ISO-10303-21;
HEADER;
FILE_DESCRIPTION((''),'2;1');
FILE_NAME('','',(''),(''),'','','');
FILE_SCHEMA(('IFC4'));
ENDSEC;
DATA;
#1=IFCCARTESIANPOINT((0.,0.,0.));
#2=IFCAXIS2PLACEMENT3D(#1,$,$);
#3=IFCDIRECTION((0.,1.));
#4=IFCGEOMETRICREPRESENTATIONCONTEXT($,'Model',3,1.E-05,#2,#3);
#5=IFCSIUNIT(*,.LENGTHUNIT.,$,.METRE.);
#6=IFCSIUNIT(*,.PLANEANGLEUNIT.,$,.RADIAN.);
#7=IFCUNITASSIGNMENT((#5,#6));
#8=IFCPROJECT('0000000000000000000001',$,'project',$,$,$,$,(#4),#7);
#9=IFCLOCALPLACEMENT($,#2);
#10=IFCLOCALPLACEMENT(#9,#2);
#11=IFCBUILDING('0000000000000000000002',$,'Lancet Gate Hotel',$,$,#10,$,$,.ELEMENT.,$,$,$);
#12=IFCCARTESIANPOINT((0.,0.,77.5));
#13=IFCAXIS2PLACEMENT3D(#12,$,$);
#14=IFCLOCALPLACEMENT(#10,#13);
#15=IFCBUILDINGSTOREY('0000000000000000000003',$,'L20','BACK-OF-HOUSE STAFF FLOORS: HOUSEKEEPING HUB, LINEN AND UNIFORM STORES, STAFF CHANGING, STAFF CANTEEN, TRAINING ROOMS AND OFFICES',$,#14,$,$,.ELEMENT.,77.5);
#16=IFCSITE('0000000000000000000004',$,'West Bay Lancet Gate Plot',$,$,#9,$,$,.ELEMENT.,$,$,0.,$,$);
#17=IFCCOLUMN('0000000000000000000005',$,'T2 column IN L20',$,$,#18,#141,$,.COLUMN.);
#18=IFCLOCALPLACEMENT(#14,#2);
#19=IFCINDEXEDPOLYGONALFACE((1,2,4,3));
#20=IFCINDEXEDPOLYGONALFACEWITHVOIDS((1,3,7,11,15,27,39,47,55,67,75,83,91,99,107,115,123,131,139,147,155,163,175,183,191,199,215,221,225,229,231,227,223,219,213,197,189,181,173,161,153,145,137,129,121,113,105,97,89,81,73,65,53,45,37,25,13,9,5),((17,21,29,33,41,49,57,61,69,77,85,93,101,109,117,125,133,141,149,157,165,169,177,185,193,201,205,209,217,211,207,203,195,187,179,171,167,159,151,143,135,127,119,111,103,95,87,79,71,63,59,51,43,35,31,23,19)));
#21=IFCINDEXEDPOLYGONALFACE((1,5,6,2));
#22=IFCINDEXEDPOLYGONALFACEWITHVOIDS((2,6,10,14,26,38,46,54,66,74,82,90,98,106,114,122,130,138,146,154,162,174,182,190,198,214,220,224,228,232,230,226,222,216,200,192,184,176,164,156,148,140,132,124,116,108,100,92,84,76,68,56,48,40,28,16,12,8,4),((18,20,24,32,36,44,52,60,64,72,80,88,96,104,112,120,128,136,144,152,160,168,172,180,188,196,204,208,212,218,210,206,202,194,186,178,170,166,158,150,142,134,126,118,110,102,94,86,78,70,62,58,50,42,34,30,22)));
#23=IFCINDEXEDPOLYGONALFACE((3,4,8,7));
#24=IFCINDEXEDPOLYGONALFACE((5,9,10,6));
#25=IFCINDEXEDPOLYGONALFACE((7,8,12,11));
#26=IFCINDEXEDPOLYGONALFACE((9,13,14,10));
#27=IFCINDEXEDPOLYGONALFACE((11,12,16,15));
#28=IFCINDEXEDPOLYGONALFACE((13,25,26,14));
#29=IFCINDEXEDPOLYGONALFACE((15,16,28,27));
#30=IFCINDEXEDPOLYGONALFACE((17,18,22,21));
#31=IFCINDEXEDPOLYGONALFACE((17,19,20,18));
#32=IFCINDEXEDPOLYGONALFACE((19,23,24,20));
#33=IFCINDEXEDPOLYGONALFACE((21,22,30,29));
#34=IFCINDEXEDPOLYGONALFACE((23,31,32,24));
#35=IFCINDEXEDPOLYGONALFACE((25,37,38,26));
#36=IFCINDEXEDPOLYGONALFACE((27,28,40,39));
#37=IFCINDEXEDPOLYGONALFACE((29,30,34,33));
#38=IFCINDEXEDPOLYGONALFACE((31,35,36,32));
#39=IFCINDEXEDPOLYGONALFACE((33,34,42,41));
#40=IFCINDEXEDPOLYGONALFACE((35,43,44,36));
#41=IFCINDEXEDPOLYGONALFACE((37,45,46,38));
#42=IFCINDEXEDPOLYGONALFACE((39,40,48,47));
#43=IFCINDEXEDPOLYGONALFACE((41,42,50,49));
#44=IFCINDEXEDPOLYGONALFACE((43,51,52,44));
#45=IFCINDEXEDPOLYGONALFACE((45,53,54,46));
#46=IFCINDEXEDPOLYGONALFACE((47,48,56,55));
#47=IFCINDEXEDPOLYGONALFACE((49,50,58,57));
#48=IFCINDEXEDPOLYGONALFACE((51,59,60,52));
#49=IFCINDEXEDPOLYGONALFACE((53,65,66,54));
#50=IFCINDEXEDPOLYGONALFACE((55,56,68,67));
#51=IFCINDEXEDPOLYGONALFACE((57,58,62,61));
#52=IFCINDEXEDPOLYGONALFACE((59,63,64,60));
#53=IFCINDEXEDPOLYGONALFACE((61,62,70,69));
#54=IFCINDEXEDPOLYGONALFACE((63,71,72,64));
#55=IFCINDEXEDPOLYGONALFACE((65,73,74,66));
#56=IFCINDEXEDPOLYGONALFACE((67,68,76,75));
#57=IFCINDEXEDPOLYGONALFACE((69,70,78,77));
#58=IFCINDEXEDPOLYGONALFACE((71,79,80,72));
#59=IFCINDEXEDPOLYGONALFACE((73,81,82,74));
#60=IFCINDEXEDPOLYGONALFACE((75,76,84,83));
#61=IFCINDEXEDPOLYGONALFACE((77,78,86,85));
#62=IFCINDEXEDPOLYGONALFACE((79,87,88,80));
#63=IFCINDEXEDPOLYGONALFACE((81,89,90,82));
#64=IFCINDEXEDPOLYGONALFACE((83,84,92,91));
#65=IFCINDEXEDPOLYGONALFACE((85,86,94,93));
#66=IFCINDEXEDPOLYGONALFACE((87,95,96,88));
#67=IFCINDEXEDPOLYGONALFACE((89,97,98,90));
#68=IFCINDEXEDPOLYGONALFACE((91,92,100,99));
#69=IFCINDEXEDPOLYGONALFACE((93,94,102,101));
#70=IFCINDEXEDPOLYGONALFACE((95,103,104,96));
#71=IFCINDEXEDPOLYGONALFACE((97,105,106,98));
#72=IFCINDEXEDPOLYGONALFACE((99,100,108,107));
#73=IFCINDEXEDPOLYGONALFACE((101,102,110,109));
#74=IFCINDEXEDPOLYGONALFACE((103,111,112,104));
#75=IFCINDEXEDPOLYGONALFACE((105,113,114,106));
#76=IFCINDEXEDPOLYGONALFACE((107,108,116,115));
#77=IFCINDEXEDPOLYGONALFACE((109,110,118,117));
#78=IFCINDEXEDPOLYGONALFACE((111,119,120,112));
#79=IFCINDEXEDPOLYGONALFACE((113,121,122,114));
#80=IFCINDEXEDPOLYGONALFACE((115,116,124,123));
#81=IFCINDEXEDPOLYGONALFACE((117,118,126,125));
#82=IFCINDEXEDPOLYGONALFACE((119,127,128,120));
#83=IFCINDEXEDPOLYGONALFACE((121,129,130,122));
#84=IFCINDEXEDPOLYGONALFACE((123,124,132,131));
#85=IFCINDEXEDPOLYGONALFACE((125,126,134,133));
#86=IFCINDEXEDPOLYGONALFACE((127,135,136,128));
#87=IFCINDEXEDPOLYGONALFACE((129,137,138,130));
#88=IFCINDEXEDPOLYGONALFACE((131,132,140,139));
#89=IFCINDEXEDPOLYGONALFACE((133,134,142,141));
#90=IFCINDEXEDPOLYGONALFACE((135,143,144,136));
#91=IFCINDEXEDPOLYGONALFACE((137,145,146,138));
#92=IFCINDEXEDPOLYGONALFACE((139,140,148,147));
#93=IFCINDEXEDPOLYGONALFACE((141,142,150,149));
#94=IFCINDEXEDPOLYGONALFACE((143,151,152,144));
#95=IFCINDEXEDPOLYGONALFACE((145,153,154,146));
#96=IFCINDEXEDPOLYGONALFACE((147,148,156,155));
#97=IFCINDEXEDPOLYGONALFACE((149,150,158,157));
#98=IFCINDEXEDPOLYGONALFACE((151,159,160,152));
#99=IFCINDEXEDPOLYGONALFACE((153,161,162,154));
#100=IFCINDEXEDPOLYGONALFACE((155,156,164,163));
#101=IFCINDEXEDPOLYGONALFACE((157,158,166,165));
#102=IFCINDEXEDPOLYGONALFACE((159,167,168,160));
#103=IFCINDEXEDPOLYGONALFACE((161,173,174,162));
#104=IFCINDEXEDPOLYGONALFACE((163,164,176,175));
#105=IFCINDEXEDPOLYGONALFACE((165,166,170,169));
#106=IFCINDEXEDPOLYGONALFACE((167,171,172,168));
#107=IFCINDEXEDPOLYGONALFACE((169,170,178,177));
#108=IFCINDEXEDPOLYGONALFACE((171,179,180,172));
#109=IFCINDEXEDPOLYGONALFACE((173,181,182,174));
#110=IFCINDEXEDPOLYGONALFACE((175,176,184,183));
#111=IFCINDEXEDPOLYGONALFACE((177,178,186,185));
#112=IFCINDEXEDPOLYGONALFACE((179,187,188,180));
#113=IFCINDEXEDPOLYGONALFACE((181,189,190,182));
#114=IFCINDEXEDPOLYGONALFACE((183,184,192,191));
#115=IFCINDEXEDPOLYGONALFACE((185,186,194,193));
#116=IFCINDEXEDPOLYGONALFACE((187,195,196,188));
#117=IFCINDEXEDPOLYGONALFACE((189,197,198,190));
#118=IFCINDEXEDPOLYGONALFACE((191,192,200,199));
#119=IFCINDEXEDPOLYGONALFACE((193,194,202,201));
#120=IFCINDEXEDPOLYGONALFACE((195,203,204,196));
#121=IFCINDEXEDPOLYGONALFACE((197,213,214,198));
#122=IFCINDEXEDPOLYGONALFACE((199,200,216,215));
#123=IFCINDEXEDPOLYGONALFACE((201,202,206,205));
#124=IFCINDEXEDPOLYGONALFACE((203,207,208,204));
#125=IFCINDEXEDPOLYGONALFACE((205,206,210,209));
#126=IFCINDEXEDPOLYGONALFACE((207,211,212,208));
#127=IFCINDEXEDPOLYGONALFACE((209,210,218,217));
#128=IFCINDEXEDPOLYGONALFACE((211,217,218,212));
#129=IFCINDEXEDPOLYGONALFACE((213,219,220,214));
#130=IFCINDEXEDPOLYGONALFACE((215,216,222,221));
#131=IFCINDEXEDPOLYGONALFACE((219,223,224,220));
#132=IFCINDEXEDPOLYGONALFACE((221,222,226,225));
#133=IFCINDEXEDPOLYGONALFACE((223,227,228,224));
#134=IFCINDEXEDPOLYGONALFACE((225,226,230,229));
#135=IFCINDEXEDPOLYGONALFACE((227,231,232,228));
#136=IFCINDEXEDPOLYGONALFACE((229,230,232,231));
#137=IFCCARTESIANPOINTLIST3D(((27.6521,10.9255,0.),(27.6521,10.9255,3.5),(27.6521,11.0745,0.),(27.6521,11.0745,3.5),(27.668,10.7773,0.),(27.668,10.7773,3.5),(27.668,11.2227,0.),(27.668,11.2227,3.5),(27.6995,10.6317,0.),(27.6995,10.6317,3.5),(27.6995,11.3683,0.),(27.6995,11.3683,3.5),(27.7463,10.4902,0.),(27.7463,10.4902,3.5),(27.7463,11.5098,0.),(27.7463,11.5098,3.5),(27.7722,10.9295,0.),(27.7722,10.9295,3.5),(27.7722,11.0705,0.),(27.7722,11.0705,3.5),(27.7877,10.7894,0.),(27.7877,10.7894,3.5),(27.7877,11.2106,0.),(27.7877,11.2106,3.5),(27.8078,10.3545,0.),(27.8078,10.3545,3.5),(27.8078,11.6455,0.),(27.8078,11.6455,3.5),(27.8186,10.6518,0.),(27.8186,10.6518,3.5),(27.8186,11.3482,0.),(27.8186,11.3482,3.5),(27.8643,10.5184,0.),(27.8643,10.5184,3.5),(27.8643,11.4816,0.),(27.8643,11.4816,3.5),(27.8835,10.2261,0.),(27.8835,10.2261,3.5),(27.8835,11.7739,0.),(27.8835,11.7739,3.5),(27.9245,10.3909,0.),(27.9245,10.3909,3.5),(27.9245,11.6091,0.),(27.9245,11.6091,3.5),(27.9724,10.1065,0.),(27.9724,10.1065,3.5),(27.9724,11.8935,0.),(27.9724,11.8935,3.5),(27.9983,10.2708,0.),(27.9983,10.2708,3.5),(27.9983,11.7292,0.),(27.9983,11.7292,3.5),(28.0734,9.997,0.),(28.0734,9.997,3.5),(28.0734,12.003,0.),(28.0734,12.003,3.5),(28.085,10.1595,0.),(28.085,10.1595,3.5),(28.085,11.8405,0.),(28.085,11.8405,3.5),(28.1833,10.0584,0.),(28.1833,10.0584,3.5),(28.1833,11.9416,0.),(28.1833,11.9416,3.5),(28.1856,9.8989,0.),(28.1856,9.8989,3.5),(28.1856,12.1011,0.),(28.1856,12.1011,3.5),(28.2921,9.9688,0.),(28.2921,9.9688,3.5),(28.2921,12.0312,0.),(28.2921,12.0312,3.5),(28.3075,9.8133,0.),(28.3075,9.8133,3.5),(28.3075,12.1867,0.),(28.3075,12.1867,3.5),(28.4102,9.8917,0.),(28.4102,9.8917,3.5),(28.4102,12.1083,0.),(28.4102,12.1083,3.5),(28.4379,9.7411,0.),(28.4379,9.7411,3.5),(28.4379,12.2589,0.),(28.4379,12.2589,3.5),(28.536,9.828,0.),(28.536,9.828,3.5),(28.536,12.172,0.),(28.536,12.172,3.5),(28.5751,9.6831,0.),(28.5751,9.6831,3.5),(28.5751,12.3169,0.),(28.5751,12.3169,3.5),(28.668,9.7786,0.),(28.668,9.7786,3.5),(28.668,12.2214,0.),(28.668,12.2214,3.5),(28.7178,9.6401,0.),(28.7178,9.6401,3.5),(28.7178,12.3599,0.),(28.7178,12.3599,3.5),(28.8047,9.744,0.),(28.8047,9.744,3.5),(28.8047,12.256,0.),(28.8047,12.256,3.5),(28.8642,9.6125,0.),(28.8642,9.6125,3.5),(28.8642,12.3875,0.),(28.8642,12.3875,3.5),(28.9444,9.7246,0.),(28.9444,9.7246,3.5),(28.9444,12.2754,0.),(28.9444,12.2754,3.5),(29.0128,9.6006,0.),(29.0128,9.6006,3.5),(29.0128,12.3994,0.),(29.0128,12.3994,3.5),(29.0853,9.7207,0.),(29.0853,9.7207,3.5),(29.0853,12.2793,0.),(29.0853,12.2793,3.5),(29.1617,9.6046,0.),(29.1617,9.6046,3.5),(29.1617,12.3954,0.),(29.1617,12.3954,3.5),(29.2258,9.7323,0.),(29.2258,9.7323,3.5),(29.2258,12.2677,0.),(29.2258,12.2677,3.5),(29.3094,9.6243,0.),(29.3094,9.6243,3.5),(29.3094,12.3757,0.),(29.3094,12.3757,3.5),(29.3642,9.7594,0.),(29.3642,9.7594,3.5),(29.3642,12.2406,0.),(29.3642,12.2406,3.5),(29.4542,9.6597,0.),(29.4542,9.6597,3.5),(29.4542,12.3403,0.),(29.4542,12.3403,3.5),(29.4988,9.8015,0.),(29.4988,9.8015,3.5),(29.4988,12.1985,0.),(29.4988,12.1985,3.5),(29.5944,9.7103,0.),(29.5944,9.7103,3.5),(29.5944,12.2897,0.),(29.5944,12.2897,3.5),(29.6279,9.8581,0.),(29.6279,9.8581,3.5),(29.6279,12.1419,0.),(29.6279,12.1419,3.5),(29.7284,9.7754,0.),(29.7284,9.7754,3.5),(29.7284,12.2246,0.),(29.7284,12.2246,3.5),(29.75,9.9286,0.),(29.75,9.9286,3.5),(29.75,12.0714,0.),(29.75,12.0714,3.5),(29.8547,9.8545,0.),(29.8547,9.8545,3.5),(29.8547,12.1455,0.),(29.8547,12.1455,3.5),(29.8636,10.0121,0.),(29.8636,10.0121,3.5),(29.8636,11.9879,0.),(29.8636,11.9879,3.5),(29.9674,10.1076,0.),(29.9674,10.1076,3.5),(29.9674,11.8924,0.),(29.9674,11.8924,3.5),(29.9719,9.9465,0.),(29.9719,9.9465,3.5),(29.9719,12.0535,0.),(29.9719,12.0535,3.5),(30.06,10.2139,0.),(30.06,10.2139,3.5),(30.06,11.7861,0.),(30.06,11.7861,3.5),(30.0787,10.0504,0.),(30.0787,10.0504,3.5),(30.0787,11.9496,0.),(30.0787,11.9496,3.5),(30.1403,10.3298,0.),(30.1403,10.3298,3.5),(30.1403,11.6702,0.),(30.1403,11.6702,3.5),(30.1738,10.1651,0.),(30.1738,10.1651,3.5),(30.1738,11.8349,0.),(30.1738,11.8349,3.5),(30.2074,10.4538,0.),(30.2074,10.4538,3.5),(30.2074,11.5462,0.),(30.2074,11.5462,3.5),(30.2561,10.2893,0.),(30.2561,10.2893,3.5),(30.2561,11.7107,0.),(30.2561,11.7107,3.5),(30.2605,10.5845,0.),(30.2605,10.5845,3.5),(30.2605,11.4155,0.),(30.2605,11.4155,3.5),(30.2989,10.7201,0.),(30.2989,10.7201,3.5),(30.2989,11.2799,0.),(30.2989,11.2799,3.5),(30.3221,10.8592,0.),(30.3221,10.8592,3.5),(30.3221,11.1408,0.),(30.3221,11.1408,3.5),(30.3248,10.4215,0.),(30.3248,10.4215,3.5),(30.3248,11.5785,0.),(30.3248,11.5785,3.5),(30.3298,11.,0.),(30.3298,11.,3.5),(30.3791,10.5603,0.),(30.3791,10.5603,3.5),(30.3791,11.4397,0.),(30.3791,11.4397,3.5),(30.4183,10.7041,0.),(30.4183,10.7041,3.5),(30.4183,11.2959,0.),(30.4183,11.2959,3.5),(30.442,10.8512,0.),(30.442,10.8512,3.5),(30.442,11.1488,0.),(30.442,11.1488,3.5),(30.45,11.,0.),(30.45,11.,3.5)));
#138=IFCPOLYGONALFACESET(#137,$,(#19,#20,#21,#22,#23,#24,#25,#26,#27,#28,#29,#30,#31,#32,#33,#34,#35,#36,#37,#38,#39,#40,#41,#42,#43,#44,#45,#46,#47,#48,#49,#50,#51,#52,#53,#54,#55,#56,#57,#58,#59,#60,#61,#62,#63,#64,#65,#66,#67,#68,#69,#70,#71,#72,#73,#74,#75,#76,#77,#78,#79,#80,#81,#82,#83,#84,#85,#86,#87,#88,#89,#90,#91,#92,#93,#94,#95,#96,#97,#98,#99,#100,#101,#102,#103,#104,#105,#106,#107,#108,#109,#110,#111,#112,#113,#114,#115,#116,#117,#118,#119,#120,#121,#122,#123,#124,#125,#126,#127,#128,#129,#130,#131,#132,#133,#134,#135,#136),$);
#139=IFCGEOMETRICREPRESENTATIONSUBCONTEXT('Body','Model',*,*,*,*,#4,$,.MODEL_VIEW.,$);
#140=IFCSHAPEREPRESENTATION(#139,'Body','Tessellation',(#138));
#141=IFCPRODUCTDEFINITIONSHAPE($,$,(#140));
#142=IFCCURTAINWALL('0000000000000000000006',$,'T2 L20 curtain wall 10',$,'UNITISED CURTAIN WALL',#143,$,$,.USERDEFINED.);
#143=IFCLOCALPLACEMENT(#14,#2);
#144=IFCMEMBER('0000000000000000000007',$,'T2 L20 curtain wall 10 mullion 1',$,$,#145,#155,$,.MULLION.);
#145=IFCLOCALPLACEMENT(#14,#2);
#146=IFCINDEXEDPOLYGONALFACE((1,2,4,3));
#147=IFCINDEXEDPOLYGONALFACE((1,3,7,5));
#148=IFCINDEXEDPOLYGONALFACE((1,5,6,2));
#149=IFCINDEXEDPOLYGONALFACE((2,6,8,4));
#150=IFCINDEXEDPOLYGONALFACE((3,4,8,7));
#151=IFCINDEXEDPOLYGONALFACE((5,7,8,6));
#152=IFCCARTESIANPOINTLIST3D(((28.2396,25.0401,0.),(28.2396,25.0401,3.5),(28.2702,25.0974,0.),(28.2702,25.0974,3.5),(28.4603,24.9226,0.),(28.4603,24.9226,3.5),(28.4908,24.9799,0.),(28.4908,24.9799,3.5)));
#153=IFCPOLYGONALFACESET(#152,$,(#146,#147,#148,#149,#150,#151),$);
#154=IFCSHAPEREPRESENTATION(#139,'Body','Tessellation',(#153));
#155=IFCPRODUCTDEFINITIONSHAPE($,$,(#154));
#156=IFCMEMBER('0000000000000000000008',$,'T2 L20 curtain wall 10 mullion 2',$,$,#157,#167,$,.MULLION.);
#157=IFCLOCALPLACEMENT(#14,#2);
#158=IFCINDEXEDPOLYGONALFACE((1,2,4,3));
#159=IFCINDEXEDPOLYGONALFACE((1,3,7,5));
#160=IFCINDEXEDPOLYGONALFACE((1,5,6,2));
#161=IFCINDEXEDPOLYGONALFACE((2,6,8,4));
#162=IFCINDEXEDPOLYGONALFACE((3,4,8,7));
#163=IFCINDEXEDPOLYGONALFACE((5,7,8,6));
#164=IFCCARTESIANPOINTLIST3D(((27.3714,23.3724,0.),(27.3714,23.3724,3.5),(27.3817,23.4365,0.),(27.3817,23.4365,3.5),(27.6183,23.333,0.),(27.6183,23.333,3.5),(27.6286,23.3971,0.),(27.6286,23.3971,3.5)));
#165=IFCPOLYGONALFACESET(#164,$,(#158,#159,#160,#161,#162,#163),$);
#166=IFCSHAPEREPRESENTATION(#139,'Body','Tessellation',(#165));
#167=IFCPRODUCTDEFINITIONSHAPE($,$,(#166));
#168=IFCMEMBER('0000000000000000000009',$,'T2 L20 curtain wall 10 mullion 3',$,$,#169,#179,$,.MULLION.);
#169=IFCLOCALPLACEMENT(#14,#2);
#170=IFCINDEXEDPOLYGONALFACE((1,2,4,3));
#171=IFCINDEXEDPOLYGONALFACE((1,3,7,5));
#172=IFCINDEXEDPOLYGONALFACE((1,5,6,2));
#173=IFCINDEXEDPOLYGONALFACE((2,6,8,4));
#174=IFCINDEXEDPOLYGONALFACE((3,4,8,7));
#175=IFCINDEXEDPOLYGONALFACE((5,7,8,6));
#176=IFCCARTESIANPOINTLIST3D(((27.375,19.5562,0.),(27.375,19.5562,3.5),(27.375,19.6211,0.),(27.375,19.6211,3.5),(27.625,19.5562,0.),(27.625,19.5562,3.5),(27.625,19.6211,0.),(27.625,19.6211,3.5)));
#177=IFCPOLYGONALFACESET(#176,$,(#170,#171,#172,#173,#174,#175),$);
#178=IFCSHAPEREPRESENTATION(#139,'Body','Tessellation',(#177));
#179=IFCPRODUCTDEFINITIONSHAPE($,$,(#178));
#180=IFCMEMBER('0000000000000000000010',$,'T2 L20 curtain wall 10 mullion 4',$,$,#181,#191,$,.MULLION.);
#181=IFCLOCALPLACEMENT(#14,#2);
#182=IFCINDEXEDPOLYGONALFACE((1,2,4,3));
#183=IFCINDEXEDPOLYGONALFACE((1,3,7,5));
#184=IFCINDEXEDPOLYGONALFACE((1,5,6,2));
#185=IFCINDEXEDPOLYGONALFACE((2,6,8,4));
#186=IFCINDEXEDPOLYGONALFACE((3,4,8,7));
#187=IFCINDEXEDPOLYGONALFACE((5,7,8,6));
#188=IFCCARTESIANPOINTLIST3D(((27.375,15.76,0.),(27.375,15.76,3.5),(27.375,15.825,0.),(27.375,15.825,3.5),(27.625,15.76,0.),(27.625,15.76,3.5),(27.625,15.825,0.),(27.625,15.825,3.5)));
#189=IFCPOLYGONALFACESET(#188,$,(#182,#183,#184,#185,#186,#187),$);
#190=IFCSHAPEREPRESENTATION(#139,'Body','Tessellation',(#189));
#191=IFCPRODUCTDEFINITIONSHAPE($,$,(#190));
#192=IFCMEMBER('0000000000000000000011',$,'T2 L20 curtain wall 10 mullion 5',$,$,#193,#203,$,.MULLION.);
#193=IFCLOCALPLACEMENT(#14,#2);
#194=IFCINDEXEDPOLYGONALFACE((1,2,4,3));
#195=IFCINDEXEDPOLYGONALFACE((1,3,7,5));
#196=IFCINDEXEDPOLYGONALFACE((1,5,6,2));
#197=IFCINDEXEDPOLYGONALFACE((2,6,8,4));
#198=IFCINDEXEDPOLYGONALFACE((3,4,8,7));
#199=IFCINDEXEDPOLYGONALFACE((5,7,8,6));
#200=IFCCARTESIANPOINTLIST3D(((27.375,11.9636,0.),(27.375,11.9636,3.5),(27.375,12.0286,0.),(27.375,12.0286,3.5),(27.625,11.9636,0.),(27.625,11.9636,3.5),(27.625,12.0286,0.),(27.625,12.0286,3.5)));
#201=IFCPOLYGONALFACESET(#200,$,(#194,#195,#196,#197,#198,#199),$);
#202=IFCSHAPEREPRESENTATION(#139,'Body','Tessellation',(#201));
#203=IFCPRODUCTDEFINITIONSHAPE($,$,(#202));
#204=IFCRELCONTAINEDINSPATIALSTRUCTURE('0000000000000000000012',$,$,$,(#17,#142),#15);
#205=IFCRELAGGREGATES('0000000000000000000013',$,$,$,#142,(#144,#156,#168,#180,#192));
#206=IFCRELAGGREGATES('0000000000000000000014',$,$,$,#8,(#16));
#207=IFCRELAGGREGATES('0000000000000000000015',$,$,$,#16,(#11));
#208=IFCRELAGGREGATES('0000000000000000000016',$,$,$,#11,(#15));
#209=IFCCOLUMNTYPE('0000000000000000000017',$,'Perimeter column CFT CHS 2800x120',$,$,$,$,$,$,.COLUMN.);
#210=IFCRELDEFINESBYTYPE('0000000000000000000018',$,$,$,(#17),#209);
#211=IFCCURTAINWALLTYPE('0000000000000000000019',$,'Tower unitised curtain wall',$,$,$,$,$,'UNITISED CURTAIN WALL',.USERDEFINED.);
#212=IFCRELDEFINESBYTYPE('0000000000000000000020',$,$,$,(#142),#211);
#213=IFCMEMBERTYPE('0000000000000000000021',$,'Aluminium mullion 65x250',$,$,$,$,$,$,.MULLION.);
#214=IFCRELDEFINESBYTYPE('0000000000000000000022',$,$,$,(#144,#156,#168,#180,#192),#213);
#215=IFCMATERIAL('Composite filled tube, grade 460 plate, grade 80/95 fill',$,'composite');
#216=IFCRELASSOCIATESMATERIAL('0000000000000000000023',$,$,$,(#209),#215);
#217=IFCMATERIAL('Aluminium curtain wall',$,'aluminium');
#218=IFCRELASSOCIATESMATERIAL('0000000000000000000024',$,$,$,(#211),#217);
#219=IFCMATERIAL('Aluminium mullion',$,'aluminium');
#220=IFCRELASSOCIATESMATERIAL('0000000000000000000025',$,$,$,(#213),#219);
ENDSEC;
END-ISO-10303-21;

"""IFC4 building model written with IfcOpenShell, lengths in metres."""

from ifc_helpers import new_model, si_unit, direction, frame, origin, origin_2d, place, context, subcontext, project, spatial, rectangle, hollow_circle, extrude, material, material_profile, profile_set, type_object, element, aggregate, save


model = new_model("IFC4")

# Units and contexts
model_context = context("Model", 3, precision=1e-05, world=origin(), true_north=direction((0.0, 1.0)))
body_context = subcontext(model_context, "Body", "Model", "MODEL_VIEW")
ifc_project = project(units=[si_unit("LENGTHUNIT", "METRE"), si_unit("PLANEANGLEUNIT", "RADIAN")], contexts=[model_context])

# Site, building, storey
site_placement = place(None, origin())
site = spatial("IfcSite", under=ifc_project, at=site_placement, Name="West Bay Lancet Gate Plot", CompositionType="ELEMENT", RefElevation=0.0)
building_placement = place(site_placement, origin())
building = spatial("IfcBuilding", under=site, at=building_placement, Name="Lancet Gate Hotel", CompositionType="ELEMENT")
storey_placement = place(building_placement, frame((0.0, 0.0, 77.5)))
storey = spatial("IfcBuildingStorey", under=building, at=storey_placement, Name="L20", Description="BACK-OF-HOUSE STAFF FLOORS: HOUSEKEEPING HUB, LINEN AND UNIFORM STORES, STAFF CHANGING, STAFF CANTEEN, TRAINING ROOMS AND OFFICES", CompositionType="ELEMENT", Elevation=77.5)

# Column
ifc_material_1 = material(Name="Composite filled tube, grade 460 plate, grade 80/95 fill", Category="composite")
ifc_material_profile_1 = material_profile(ifc_material_1, hollow_circle(Radius=1.3999, WallThickness=0.1201, at=origin_2d()), Name="CHS 2800x120")
ifc_profile_set_1 = profile_set([ifc_material_profile_1], Name="Composite filled tube, grade 460 plate, grade 80/95 fill")
column_type = type_object("IfcColumnType", Name="Perimeter column CFT CHS 2800x120", PredefinedType="COLUMN", material=ifc_profile_set_1)
column_placement = place(storey_placement, frame((29.05, 11.0, 0.0), z_axis=(0.0, 0.0, 1.0), x_axis=(1.0, 0.0, 0.0)))
element("IfcColumn", 1, at=column_placement, inside=storey, type_object=column_type, Name="T2 column IN L20", PredefinedType="COLUMN", context=body_context, shape_type="SweptSolid", body=[
    extrude(hollow_circle(Radius=1.3999, WallThickness=0.1201, at=origin_2d()), origin(), (0.0, 0.0, 1.0), 3.5),
])

# Curtain wall, members
ifc_material_2 = material(Name="Aluminium curtain wall", Category="aluminium")
curtain_wall_type = type_object("IfcCurtainWallType", Name="Tower unitised curtain wall", ElementType="UNITISED CURTAIN WALL", PredefinedType="USERDEFINED", material=ifc_material_2)
curtain_wall_placement = place(storey_placement, origin())
curtain_wall = element("IfcCurtainWall", 2, at=curtain_wall_placement, inside=storey, type_object=curtain_wall_type, Name="T2 L20 curtain wall 10", ObjectType="UNITISED CURTAIN WALL", PredefinedType="USERDEFINED")
ifc_material_3 = material(Name="Aluminium mullion", Category="aluminium")
ifc_material_profile_2 = material_profile(ifc_material_3, rectangle(XDim=0.0649, YDim=0.25, at=origin_2d()), Name="MULLION 65x250")
ifc_profile_set_2 = profile_set([ifc_material_profile_2], Name="Aluminium mullion")
member_type_1 = type_object("IfcMemberType", Name="Aluminium mullion 65x250", PredefinedType="MULLION", material=ifc_profile_set_2)
member_1_placement = place(storey_placement, frame((28.3652, 25.01, 0.0), z_axis=(0.0, 0.0, 1.0), x_axis=(-0.469898, -0.882721, 0.0)))
member_1 = element("IfcMember", 3, at=member_1_placement, type_object=member_type_1, Name="T2 L20 curtain wall 10 mullion 1", PredefinedType="MULLION", context=body_context, shape_type="SweptSolid", body=[
    extrude(rectangle(XDim=0.0649, YDim=0.25, at=origin_2d()), origin(), (0.0, 0.0, 1.0), 3.5),
])
member_2_placement = place(storey_placement, frame((27.5, 23.3848, 0.0), z_axis=(0.0, 0.0, 1.0), x_axis=(-0.157593, -0.987504, 0.0)))
member_2 = element("IfcMember", 4, at=member_2_placement, type_object=member_type_1, Name="T2 L20 curtain wall 10 mullion 2", PredefinedType="MULLION", context=body_context, shape_type="SweptSolid", body=[
    extrude(rectangle(XDim=0.0649, YDim=0.25, at=origin_2d()), origin(), (0.0, 0.0, 1.0), 3.5),
])
member_3_placement = place(storey_placement, frame((27.5, 19.5886, 0.0), z_axis=(0.0, 0.0, 1.0), x_axis=(0.0, -1.0, 0.0)))
member_3 = element("IfcMember", 5, at=member_3_placement, type_object=member_type_1, Name="T2 L20 curtain wall 10 mullion 3", PredefinedType="MULLION", context=body_context, shape_type="SweptSolid", body=[
    extrude(rectangle(XDim=0.0649, YDim=0.25, at=origin_2d()), origin(), (0.0, 0.0, 1.0), 3.5),
])
member_4_placement = place(storey_placement, frame((27.5, 15.7925, 0.0), z_axis=(0.0, 0.0, 1.0), x_axis=(0.0, -1.0, 0.0)))
member_4 = element("IfcMember", 6, at=member_4_placement, type_object=member_type_1, Name="T2 L20 curtain wall 10 mullion 4", PredefinedType="MULLION", context=body_context, shape_type="SweptSolid", body=[
    extrude(rectangle(XDim=0.0649, YDim=0.25, at=origin_2d()), origin(), (0.0, 0.0, 1.0), 3.5),
])
member_5_placement = place(storey_placement, frame((27.5, 11.9961, 0.0), z_axis=(0.0, 0.0, 1.0), x_axis=(0.0, -1.0, 0.0)))
member_5 = element("IfcMember", 7, at=member_5_placement, type_object=member_type_1, Name="T2 L20 curtain wall 10 mullion 5", PredefinedType="MULLION", context=body_context, shape_type="SweptSolid", body=[
    extrude(rectangle(XDim=0.0649, YDim=0.25, at=origin_2d()), origin(), (0.0, 0.0, 1.0), 3.5),
])

aggregate(curtain_wall, [member_1, member_2, member_3, member_4, member_5])

save(model, "model.ifc")
